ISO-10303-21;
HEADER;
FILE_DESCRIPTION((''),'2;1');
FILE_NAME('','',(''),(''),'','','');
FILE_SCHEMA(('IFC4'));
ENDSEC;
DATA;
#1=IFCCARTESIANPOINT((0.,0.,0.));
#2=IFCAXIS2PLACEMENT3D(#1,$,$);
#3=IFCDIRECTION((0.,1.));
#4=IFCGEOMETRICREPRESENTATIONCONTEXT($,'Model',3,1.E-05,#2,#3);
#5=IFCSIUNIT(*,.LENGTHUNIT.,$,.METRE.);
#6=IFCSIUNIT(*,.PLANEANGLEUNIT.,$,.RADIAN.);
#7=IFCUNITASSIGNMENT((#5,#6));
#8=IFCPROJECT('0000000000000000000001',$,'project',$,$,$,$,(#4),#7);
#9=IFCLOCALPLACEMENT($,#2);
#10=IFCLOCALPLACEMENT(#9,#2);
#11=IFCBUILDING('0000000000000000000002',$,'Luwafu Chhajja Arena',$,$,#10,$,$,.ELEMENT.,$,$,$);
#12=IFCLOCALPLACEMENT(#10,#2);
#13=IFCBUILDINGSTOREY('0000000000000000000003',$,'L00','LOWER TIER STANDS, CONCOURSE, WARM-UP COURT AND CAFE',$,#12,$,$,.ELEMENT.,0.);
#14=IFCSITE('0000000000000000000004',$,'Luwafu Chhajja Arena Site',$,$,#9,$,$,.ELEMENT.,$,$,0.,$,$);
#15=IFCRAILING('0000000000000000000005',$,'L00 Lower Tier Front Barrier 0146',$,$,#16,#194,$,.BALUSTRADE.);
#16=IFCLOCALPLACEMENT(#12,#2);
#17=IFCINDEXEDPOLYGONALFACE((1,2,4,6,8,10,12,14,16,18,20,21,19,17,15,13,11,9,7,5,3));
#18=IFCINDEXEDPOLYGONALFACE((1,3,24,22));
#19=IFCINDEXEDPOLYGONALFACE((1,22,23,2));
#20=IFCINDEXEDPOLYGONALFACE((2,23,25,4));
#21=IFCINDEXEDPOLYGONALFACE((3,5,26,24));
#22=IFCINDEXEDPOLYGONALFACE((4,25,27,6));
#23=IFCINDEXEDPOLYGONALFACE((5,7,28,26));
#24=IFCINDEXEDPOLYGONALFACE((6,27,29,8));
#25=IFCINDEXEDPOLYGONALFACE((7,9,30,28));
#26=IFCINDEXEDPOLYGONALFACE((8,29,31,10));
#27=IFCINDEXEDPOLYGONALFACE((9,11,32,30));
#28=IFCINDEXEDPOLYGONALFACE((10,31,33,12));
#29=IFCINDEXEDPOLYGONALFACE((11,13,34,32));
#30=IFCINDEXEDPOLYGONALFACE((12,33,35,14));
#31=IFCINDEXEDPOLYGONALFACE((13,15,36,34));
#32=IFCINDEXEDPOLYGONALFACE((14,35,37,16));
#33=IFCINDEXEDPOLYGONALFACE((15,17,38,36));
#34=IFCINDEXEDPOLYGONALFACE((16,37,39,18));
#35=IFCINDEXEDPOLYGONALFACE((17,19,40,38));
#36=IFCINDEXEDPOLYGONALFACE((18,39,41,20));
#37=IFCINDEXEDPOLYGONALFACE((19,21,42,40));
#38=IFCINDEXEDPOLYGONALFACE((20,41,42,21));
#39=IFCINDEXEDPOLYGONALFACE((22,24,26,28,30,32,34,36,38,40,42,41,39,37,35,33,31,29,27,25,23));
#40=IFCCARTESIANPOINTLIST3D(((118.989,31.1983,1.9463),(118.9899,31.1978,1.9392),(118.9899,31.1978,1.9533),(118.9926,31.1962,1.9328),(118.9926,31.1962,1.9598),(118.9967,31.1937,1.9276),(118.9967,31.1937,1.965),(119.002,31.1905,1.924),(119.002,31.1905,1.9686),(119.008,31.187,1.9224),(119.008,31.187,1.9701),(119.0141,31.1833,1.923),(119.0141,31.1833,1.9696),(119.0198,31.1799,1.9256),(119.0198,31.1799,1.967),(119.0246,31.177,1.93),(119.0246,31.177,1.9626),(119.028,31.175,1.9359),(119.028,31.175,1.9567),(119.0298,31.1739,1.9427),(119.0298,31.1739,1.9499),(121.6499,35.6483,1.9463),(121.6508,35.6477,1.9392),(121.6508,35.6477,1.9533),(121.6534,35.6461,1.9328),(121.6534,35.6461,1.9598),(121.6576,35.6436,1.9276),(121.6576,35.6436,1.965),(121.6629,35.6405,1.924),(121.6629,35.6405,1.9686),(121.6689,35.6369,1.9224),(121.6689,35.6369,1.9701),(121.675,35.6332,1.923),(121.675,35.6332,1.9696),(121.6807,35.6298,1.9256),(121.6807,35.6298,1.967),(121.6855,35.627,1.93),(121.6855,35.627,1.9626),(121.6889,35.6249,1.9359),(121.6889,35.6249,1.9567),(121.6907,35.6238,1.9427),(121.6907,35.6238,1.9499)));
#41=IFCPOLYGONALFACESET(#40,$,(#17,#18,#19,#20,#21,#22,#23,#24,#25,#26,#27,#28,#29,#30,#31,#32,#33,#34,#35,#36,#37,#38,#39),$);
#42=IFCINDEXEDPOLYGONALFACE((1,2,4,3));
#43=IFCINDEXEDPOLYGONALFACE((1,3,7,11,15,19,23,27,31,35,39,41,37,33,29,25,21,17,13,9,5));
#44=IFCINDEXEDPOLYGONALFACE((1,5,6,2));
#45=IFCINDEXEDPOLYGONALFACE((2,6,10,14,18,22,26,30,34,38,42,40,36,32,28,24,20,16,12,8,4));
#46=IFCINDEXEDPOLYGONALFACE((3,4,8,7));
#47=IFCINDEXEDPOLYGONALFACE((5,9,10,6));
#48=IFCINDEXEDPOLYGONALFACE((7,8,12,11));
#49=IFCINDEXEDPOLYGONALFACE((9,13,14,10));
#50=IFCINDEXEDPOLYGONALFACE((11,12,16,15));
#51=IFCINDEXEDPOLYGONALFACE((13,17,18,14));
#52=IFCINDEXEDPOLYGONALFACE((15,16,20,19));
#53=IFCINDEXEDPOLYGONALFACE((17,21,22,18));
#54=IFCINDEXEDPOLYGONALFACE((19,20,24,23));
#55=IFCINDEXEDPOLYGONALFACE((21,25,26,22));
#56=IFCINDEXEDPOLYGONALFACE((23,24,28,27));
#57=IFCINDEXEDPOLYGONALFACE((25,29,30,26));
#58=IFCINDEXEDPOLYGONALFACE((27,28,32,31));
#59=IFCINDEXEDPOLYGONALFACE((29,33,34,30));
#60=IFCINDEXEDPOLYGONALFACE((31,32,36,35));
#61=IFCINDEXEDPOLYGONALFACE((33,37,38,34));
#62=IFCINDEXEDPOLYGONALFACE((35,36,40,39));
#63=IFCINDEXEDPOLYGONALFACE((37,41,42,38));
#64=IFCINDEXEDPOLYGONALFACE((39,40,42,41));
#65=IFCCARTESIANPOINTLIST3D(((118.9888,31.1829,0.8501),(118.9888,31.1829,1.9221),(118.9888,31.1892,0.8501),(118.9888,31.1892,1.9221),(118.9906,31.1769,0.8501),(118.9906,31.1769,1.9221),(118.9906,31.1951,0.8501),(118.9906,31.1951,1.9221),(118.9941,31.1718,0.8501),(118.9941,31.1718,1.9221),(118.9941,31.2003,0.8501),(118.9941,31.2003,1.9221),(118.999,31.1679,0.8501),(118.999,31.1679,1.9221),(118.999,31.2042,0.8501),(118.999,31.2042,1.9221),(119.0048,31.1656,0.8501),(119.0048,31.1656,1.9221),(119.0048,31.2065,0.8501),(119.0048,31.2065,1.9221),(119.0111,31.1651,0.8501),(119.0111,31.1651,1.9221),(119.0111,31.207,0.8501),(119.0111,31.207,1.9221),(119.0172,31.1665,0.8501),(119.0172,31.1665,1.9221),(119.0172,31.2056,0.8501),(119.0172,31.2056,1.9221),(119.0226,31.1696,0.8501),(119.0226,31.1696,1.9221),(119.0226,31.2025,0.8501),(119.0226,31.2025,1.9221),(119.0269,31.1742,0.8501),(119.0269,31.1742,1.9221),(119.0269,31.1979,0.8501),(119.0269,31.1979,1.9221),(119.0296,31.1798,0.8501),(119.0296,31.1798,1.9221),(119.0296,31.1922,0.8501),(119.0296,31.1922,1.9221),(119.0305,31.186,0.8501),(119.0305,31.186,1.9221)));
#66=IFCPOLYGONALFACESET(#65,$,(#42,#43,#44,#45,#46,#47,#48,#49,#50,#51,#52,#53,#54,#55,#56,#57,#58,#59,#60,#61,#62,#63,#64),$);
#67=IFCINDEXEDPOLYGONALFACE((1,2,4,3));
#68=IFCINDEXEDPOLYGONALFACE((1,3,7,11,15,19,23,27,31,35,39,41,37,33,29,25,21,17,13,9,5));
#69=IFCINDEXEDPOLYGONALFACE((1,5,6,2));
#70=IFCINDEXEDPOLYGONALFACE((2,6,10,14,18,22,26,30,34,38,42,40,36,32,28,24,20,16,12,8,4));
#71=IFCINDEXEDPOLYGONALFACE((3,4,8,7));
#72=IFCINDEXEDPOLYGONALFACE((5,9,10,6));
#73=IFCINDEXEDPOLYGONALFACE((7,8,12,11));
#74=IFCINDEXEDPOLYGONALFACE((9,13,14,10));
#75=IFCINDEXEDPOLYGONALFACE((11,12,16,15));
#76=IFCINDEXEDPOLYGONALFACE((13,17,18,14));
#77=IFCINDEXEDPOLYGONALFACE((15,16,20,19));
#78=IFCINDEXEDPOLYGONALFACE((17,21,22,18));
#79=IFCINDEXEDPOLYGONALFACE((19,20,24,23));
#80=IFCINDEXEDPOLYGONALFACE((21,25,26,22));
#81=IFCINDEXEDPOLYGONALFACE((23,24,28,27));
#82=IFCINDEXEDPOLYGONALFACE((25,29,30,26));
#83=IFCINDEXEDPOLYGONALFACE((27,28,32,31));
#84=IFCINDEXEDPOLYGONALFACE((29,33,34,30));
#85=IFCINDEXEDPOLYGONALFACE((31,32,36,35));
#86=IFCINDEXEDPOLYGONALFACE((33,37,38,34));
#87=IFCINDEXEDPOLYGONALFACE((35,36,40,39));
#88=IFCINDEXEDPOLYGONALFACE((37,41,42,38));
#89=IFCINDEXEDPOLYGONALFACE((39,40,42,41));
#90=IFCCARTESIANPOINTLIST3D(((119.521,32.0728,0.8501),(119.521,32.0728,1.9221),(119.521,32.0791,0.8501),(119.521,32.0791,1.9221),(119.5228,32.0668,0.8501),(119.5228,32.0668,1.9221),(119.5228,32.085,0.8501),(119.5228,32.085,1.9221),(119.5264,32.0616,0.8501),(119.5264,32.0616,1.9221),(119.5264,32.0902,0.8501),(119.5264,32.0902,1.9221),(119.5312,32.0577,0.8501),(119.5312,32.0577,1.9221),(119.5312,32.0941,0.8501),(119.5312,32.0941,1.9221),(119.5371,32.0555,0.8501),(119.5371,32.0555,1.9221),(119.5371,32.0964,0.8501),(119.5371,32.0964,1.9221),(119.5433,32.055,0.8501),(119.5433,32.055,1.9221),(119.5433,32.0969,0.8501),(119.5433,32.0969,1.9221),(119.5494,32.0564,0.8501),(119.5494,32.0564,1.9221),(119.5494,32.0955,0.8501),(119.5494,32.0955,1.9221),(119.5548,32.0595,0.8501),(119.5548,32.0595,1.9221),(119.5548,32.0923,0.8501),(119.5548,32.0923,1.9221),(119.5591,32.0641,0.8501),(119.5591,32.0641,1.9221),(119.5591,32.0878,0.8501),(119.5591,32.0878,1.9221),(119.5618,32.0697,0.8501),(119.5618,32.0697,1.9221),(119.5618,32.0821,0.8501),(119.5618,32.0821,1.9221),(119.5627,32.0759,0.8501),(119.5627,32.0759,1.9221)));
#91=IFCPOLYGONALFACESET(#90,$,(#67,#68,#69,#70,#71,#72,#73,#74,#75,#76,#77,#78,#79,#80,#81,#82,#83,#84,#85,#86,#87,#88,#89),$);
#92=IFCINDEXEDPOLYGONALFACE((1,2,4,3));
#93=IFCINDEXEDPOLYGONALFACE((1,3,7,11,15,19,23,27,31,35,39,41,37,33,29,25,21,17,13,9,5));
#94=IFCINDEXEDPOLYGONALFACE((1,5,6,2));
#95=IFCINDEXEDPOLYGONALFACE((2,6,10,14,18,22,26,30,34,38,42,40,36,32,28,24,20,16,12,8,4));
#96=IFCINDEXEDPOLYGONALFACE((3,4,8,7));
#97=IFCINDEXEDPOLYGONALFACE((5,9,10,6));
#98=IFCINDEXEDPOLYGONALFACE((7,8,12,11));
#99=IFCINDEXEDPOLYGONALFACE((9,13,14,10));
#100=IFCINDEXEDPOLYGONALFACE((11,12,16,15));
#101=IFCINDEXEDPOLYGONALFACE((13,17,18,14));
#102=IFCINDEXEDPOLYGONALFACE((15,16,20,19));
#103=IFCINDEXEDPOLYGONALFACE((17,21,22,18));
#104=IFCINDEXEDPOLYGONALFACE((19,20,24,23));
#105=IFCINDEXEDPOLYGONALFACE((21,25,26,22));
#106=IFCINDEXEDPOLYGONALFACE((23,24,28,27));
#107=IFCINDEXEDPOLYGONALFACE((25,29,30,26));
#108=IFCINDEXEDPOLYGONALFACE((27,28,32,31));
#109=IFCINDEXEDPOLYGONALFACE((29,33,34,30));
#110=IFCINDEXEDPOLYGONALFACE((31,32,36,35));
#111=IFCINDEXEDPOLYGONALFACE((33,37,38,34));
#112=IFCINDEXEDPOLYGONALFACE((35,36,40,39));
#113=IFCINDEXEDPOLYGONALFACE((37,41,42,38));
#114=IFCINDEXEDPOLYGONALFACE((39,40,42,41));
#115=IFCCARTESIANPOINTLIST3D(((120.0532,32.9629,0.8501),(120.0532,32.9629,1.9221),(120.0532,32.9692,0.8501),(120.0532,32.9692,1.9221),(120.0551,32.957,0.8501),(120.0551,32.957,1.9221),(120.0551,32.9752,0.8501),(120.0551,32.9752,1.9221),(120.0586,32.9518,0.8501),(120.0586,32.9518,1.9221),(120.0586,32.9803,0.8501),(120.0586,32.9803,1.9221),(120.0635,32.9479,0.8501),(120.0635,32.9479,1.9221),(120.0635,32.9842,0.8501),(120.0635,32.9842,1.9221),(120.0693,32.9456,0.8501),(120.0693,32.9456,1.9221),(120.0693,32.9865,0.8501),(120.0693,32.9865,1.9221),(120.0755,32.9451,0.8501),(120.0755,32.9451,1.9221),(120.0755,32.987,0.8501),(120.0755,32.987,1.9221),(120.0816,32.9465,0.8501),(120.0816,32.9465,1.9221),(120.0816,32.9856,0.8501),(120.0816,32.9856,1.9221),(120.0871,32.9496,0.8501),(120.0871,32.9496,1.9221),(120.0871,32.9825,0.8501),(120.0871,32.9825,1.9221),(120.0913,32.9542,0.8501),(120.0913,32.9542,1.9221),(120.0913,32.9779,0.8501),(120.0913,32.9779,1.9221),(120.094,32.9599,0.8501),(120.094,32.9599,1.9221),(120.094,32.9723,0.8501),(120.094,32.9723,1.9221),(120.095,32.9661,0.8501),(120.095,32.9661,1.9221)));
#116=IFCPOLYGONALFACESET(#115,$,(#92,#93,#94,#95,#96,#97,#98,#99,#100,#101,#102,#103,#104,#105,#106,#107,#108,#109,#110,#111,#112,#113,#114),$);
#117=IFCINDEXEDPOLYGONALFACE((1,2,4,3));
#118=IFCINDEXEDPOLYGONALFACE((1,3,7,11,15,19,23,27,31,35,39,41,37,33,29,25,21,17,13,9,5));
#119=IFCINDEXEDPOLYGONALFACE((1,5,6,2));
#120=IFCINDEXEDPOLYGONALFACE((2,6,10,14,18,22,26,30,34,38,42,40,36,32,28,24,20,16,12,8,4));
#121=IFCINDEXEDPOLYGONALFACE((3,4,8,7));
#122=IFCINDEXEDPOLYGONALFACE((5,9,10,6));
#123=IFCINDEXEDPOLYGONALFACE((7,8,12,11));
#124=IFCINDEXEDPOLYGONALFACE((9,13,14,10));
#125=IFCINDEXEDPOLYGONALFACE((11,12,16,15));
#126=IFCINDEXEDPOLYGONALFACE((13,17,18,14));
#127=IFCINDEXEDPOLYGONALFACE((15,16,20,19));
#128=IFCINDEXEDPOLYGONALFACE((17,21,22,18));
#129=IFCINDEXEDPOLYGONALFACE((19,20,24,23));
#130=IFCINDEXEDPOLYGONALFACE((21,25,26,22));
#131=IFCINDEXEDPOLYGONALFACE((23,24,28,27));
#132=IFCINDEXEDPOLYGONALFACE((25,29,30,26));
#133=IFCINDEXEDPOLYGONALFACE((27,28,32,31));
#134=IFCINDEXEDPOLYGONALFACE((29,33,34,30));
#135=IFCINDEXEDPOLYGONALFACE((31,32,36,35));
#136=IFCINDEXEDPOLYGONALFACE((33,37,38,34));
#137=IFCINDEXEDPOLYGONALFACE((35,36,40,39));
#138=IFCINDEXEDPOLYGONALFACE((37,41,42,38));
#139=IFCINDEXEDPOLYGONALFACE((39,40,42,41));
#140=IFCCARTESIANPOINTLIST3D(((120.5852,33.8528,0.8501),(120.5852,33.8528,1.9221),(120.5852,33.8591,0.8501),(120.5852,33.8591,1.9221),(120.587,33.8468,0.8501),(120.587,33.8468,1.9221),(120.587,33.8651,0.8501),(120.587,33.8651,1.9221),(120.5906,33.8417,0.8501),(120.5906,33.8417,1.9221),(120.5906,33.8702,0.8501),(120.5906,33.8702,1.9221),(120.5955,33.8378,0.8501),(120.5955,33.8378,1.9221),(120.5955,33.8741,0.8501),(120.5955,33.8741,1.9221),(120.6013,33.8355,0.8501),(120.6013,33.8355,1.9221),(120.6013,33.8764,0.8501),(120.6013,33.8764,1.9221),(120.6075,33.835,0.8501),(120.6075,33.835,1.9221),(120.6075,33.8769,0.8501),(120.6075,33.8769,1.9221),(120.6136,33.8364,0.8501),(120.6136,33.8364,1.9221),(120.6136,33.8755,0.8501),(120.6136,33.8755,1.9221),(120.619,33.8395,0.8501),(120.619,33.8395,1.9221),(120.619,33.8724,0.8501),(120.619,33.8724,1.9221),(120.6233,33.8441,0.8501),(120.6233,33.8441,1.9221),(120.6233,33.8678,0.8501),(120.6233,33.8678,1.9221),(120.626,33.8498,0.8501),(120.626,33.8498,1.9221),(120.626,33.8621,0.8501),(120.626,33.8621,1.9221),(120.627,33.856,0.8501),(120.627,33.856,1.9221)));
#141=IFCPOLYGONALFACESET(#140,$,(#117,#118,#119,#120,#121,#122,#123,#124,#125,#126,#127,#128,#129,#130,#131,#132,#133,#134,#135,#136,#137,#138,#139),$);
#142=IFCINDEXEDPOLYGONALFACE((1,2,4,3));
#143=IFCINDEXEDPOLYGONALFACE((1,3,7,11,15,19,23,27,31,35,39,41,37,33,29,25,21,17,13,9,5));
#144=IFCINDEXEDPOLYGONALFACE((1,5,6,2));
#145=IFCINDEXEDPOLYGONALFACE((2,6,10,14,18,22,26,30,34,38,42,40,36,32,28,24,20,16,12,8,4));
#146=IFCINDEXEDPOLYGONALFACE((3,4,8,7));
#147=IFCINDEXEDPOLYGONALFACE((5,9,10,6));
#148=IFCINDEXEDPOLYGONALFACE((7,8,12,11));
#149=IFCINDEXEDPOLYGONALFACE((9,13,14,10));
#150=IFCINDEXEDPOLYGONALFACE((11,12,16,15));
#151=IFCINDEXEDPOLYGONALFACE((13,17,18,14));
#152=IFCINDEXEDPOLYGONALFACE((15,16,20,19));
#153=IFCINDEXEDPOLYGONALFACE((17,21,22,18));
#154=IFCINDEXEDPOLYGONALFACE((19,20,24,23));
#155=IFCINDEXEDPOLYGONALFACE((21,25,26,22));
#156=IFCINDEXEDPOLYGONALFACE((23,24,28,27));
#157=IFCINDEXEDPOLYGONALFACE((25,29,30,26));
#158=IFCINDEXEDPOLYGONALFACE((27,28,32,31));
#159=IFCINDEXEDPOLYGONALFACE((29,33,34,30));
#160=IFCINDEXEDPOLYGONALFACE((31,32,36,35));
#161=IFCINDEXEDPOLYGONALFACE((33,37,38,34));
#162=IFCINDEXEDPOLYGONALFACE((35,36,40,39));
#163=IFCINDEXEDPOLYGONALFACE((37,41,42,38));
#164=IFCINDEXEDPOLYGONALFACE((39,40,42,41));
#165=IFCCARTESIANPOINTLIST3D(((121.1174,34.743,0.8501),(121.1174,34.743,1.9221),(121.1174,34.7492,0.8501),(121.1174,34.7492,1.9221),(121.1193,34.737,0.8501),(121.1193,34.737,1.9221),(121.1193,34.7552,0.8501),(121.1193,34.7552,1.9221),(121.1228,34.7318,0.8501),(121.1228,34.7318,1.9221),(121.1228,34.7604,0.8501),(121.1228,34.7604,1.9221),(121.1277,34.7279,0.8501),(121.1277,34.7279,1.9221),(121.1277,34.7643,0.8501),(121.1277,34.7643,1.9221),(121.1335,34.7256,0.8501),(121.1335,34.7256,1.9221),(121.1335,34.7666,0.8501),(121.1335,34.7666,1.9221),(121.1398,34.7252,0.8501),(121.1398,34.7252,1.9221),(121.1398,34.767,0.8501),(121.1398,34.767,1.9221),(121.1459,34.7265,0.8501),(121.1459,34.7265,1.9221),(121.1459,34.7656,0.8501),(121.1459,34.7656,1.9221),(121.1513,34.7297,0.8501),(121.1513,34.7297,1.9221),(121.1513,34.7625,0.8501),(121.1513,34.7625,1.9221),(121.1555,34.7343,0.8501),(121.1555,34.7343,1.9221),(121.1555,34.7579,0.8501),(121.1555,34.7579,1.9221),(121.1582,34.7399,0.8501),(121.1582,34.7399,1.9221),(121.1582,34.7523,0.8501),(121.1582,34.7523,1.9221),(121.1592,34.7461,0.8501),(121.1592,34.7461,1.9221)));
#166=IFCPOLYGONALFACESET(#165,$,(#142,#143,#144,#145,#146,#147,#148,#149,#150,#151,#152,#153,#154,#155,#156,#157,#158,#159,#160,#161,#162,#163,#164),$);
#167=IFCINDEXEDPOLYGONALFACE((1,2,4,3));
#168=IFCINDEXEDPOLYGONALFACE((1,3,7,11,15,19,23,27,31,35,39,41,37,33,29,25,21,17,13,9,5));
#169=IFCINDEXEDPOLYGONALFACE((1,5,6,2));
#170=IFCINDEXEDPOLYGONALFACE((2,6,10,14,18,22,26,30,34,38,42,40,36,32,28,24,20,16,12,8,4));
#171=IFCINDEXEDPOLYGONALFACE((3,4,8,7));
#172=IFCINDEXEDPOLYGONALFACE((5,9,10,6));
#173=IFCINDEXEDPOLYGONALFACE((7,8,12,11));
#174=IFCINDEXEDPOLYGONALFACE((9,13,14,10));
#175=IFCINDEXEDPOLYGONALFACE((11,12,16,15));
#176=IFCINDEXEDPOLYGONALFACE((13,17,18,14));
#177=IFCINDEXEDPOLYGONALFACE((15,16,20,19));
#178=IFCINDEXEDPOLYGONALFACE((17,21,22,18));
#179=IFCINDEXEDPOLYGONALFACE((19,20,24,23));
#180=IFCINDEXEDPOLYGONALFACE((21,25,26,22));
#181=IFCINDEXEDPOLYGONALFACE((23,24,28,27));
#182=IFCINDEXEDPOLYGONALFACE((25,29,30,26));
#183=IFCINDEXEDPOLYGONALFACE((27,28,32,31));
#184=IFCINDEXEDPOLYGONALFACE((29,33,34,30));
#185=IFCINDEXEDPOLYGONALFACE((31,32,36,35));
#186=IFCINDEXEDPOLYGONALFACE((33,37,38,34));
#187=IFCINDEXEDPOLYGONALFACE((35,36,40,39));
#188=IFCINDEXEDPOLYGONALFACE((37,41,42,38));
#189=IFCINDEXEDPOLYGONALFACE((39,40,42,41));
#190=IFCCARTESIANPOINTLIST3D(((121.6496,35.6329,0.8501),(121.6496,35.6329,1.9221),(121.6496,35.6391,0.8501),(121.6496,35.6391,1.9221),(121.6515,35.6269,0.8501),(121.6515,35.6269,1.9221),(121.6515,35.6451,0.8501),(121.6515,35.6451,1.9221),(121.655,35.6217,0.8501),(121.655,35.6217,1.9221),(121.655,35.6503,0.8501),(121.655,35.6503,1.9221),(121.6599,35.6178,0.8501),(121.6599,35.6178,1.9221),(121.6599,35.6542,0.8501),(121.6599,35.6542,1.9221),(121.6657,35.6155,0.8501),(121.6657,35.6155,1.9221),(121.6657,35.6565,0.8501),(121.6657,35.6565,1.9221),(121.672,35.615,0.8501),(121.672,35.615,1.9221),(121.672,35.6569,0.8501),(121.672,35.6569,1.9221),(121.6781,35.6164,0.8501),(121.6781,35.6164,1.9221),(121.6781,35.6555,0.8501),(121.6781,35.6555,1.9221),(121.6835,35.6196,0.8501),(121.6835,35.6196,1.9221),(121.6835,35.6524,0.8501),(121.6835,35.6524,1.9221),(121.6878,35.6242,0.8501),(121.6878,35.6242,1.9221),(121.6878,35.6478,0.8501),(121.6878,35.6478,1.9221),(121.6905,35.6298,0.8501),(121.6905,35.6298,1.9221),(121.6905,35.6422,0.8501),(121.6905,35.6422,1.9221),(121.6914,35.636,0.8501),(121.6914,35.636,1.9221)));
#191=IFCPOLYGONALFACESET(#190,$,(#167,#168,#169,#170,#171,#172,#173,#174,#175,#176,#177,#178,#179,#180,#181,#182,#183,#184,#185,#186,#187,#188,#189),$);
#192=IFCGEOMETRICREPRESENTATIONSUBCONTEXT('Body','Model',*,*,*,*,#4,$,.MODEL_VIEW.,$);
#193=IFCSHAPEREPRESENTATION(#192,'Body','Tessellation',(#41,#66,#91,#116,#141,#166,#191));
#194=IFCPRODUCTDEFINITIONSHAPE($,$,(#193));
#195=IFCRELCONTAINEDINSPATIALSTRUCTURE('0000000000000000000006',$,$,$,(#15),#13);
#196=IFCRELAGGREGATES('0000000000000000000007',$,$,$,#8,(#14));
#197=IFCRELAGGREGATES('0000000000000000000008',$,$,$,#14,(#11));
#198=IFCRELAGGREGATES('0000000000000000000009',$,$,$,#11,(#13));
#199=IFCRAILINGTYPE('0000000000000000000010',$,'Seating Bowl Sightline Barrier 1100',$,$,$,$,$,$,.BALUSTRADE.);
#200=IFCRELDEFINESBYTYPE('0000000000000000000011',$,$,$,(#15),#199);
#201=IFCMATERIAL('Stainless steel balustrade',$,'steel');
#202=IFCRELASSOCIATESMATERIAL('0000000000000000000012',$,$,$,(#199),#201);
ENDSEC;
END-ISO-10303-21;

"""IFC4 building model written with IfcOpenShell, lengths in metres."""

from ifc_helpers import new_model, si_unit, direction, frame, origin, origin_2d, place, context, subcontext, project, spatial, circle, extrude, material, type_object, element, save


model = new_model("IFC4")

# Units and contexts
model_context = context("Model", 3, precision=1e-05, world=origin(), true_north=direction((0.0, 1.0)))
body_context = subcontext(model_context, "Body", "Model", "MODEL_VIEW")
ifc_project = project(units=[si_unit("LENGTHUNIT", "METRE"), si_unit("PLANEANGLEUNIT", "RADIAN")], contexts=[model_context])

# Site, building, storey
site_placement = place(None, origin())
site = spatial("IfcSite", under=ifc_project, at=site_placement, Name="Luwafu Chhajja Arena Site", CompositionType="ELEMENT", RefElevation=0.0)
building_placement = place(site_placement, origin())
building = spatial("IfcBuilding", under=site, at=building_placement, Name="Luwafu Chhajja Arena", CompositionType="ELEMENT")
storey_placement = place(building_placement, origin())
storey = spatial("IfcBuildingStorey", under=building, at=storey_placement, Name="L00", Description="LOWER TIER STANDS, CONCOURSE, WARM-UP COURT AND CAFE", CompositionType="ELEMENT", Elevation=0.0)

# Railing
ifc_material_1 = material(Name="Stainless steel balustrade", Category="steel")
railing_type = type_object("IfcRailingType", Name="Seating Bowl Sightline Barrier 1100", PredefinedType="BALUSTRADE", material=ifc_material_1)
railing_1_placement = place(storey_placement, frame((119.0095, 31.186, 0.8501)))
element("IfcRailing", 1, at=railing_1_placement, inside=storey, type_object=railing_type, Name="L00 Lower Tier Front Barrier 0146", PredefinedType="BALUSTRADE", context=body_context, shape_type="SweptSolid", body=[
    extrude(circle(Radius=0.0239, at=origin_2d()), frame((0.0, 0.0, 1.0962), z_axis=(0.513207, 0.858265, 0.0), x_axis=(-0.858265, 0.513207, 0.0)), (0.0, 0.0, 1.0), 5.1848),
    extrude(circle(Radius=0.021, at=origin_2d()), origin(), (0.0, 0.0, 1.0), 1.072),
    extrude(circle(Radius=0.021, at=origin_2d()), frame((0.5322, 0.8899, 0.0)), (0.0, 0.0, 1.0), 1.072),
    extrude(circle(Radius=0.021, at=origin_2d()), frame((1.0645, 1.78, 0.0)), (0.0, 0.0, 1.0), 1.072),
    extrude(circle(Radius=0.021, at=origin_2d()), frame((1.5964, 2.6699, 0.0)), (0.0, 0.0, 1.0), 1.072),
    extrude(circle(Radius=0.021, at=origin_2d()), frame((2.1287, 3.5601, 0.0)), (0.0, 0.0, 1.0), 1.072),
    extrude(circle(Radius=0.021, at=origin_2d()), frame((2.6609, 4.45, 0.0)), (0.0, 0.0, 1.0), 1.072),
])

save(model, "model.ifc")
